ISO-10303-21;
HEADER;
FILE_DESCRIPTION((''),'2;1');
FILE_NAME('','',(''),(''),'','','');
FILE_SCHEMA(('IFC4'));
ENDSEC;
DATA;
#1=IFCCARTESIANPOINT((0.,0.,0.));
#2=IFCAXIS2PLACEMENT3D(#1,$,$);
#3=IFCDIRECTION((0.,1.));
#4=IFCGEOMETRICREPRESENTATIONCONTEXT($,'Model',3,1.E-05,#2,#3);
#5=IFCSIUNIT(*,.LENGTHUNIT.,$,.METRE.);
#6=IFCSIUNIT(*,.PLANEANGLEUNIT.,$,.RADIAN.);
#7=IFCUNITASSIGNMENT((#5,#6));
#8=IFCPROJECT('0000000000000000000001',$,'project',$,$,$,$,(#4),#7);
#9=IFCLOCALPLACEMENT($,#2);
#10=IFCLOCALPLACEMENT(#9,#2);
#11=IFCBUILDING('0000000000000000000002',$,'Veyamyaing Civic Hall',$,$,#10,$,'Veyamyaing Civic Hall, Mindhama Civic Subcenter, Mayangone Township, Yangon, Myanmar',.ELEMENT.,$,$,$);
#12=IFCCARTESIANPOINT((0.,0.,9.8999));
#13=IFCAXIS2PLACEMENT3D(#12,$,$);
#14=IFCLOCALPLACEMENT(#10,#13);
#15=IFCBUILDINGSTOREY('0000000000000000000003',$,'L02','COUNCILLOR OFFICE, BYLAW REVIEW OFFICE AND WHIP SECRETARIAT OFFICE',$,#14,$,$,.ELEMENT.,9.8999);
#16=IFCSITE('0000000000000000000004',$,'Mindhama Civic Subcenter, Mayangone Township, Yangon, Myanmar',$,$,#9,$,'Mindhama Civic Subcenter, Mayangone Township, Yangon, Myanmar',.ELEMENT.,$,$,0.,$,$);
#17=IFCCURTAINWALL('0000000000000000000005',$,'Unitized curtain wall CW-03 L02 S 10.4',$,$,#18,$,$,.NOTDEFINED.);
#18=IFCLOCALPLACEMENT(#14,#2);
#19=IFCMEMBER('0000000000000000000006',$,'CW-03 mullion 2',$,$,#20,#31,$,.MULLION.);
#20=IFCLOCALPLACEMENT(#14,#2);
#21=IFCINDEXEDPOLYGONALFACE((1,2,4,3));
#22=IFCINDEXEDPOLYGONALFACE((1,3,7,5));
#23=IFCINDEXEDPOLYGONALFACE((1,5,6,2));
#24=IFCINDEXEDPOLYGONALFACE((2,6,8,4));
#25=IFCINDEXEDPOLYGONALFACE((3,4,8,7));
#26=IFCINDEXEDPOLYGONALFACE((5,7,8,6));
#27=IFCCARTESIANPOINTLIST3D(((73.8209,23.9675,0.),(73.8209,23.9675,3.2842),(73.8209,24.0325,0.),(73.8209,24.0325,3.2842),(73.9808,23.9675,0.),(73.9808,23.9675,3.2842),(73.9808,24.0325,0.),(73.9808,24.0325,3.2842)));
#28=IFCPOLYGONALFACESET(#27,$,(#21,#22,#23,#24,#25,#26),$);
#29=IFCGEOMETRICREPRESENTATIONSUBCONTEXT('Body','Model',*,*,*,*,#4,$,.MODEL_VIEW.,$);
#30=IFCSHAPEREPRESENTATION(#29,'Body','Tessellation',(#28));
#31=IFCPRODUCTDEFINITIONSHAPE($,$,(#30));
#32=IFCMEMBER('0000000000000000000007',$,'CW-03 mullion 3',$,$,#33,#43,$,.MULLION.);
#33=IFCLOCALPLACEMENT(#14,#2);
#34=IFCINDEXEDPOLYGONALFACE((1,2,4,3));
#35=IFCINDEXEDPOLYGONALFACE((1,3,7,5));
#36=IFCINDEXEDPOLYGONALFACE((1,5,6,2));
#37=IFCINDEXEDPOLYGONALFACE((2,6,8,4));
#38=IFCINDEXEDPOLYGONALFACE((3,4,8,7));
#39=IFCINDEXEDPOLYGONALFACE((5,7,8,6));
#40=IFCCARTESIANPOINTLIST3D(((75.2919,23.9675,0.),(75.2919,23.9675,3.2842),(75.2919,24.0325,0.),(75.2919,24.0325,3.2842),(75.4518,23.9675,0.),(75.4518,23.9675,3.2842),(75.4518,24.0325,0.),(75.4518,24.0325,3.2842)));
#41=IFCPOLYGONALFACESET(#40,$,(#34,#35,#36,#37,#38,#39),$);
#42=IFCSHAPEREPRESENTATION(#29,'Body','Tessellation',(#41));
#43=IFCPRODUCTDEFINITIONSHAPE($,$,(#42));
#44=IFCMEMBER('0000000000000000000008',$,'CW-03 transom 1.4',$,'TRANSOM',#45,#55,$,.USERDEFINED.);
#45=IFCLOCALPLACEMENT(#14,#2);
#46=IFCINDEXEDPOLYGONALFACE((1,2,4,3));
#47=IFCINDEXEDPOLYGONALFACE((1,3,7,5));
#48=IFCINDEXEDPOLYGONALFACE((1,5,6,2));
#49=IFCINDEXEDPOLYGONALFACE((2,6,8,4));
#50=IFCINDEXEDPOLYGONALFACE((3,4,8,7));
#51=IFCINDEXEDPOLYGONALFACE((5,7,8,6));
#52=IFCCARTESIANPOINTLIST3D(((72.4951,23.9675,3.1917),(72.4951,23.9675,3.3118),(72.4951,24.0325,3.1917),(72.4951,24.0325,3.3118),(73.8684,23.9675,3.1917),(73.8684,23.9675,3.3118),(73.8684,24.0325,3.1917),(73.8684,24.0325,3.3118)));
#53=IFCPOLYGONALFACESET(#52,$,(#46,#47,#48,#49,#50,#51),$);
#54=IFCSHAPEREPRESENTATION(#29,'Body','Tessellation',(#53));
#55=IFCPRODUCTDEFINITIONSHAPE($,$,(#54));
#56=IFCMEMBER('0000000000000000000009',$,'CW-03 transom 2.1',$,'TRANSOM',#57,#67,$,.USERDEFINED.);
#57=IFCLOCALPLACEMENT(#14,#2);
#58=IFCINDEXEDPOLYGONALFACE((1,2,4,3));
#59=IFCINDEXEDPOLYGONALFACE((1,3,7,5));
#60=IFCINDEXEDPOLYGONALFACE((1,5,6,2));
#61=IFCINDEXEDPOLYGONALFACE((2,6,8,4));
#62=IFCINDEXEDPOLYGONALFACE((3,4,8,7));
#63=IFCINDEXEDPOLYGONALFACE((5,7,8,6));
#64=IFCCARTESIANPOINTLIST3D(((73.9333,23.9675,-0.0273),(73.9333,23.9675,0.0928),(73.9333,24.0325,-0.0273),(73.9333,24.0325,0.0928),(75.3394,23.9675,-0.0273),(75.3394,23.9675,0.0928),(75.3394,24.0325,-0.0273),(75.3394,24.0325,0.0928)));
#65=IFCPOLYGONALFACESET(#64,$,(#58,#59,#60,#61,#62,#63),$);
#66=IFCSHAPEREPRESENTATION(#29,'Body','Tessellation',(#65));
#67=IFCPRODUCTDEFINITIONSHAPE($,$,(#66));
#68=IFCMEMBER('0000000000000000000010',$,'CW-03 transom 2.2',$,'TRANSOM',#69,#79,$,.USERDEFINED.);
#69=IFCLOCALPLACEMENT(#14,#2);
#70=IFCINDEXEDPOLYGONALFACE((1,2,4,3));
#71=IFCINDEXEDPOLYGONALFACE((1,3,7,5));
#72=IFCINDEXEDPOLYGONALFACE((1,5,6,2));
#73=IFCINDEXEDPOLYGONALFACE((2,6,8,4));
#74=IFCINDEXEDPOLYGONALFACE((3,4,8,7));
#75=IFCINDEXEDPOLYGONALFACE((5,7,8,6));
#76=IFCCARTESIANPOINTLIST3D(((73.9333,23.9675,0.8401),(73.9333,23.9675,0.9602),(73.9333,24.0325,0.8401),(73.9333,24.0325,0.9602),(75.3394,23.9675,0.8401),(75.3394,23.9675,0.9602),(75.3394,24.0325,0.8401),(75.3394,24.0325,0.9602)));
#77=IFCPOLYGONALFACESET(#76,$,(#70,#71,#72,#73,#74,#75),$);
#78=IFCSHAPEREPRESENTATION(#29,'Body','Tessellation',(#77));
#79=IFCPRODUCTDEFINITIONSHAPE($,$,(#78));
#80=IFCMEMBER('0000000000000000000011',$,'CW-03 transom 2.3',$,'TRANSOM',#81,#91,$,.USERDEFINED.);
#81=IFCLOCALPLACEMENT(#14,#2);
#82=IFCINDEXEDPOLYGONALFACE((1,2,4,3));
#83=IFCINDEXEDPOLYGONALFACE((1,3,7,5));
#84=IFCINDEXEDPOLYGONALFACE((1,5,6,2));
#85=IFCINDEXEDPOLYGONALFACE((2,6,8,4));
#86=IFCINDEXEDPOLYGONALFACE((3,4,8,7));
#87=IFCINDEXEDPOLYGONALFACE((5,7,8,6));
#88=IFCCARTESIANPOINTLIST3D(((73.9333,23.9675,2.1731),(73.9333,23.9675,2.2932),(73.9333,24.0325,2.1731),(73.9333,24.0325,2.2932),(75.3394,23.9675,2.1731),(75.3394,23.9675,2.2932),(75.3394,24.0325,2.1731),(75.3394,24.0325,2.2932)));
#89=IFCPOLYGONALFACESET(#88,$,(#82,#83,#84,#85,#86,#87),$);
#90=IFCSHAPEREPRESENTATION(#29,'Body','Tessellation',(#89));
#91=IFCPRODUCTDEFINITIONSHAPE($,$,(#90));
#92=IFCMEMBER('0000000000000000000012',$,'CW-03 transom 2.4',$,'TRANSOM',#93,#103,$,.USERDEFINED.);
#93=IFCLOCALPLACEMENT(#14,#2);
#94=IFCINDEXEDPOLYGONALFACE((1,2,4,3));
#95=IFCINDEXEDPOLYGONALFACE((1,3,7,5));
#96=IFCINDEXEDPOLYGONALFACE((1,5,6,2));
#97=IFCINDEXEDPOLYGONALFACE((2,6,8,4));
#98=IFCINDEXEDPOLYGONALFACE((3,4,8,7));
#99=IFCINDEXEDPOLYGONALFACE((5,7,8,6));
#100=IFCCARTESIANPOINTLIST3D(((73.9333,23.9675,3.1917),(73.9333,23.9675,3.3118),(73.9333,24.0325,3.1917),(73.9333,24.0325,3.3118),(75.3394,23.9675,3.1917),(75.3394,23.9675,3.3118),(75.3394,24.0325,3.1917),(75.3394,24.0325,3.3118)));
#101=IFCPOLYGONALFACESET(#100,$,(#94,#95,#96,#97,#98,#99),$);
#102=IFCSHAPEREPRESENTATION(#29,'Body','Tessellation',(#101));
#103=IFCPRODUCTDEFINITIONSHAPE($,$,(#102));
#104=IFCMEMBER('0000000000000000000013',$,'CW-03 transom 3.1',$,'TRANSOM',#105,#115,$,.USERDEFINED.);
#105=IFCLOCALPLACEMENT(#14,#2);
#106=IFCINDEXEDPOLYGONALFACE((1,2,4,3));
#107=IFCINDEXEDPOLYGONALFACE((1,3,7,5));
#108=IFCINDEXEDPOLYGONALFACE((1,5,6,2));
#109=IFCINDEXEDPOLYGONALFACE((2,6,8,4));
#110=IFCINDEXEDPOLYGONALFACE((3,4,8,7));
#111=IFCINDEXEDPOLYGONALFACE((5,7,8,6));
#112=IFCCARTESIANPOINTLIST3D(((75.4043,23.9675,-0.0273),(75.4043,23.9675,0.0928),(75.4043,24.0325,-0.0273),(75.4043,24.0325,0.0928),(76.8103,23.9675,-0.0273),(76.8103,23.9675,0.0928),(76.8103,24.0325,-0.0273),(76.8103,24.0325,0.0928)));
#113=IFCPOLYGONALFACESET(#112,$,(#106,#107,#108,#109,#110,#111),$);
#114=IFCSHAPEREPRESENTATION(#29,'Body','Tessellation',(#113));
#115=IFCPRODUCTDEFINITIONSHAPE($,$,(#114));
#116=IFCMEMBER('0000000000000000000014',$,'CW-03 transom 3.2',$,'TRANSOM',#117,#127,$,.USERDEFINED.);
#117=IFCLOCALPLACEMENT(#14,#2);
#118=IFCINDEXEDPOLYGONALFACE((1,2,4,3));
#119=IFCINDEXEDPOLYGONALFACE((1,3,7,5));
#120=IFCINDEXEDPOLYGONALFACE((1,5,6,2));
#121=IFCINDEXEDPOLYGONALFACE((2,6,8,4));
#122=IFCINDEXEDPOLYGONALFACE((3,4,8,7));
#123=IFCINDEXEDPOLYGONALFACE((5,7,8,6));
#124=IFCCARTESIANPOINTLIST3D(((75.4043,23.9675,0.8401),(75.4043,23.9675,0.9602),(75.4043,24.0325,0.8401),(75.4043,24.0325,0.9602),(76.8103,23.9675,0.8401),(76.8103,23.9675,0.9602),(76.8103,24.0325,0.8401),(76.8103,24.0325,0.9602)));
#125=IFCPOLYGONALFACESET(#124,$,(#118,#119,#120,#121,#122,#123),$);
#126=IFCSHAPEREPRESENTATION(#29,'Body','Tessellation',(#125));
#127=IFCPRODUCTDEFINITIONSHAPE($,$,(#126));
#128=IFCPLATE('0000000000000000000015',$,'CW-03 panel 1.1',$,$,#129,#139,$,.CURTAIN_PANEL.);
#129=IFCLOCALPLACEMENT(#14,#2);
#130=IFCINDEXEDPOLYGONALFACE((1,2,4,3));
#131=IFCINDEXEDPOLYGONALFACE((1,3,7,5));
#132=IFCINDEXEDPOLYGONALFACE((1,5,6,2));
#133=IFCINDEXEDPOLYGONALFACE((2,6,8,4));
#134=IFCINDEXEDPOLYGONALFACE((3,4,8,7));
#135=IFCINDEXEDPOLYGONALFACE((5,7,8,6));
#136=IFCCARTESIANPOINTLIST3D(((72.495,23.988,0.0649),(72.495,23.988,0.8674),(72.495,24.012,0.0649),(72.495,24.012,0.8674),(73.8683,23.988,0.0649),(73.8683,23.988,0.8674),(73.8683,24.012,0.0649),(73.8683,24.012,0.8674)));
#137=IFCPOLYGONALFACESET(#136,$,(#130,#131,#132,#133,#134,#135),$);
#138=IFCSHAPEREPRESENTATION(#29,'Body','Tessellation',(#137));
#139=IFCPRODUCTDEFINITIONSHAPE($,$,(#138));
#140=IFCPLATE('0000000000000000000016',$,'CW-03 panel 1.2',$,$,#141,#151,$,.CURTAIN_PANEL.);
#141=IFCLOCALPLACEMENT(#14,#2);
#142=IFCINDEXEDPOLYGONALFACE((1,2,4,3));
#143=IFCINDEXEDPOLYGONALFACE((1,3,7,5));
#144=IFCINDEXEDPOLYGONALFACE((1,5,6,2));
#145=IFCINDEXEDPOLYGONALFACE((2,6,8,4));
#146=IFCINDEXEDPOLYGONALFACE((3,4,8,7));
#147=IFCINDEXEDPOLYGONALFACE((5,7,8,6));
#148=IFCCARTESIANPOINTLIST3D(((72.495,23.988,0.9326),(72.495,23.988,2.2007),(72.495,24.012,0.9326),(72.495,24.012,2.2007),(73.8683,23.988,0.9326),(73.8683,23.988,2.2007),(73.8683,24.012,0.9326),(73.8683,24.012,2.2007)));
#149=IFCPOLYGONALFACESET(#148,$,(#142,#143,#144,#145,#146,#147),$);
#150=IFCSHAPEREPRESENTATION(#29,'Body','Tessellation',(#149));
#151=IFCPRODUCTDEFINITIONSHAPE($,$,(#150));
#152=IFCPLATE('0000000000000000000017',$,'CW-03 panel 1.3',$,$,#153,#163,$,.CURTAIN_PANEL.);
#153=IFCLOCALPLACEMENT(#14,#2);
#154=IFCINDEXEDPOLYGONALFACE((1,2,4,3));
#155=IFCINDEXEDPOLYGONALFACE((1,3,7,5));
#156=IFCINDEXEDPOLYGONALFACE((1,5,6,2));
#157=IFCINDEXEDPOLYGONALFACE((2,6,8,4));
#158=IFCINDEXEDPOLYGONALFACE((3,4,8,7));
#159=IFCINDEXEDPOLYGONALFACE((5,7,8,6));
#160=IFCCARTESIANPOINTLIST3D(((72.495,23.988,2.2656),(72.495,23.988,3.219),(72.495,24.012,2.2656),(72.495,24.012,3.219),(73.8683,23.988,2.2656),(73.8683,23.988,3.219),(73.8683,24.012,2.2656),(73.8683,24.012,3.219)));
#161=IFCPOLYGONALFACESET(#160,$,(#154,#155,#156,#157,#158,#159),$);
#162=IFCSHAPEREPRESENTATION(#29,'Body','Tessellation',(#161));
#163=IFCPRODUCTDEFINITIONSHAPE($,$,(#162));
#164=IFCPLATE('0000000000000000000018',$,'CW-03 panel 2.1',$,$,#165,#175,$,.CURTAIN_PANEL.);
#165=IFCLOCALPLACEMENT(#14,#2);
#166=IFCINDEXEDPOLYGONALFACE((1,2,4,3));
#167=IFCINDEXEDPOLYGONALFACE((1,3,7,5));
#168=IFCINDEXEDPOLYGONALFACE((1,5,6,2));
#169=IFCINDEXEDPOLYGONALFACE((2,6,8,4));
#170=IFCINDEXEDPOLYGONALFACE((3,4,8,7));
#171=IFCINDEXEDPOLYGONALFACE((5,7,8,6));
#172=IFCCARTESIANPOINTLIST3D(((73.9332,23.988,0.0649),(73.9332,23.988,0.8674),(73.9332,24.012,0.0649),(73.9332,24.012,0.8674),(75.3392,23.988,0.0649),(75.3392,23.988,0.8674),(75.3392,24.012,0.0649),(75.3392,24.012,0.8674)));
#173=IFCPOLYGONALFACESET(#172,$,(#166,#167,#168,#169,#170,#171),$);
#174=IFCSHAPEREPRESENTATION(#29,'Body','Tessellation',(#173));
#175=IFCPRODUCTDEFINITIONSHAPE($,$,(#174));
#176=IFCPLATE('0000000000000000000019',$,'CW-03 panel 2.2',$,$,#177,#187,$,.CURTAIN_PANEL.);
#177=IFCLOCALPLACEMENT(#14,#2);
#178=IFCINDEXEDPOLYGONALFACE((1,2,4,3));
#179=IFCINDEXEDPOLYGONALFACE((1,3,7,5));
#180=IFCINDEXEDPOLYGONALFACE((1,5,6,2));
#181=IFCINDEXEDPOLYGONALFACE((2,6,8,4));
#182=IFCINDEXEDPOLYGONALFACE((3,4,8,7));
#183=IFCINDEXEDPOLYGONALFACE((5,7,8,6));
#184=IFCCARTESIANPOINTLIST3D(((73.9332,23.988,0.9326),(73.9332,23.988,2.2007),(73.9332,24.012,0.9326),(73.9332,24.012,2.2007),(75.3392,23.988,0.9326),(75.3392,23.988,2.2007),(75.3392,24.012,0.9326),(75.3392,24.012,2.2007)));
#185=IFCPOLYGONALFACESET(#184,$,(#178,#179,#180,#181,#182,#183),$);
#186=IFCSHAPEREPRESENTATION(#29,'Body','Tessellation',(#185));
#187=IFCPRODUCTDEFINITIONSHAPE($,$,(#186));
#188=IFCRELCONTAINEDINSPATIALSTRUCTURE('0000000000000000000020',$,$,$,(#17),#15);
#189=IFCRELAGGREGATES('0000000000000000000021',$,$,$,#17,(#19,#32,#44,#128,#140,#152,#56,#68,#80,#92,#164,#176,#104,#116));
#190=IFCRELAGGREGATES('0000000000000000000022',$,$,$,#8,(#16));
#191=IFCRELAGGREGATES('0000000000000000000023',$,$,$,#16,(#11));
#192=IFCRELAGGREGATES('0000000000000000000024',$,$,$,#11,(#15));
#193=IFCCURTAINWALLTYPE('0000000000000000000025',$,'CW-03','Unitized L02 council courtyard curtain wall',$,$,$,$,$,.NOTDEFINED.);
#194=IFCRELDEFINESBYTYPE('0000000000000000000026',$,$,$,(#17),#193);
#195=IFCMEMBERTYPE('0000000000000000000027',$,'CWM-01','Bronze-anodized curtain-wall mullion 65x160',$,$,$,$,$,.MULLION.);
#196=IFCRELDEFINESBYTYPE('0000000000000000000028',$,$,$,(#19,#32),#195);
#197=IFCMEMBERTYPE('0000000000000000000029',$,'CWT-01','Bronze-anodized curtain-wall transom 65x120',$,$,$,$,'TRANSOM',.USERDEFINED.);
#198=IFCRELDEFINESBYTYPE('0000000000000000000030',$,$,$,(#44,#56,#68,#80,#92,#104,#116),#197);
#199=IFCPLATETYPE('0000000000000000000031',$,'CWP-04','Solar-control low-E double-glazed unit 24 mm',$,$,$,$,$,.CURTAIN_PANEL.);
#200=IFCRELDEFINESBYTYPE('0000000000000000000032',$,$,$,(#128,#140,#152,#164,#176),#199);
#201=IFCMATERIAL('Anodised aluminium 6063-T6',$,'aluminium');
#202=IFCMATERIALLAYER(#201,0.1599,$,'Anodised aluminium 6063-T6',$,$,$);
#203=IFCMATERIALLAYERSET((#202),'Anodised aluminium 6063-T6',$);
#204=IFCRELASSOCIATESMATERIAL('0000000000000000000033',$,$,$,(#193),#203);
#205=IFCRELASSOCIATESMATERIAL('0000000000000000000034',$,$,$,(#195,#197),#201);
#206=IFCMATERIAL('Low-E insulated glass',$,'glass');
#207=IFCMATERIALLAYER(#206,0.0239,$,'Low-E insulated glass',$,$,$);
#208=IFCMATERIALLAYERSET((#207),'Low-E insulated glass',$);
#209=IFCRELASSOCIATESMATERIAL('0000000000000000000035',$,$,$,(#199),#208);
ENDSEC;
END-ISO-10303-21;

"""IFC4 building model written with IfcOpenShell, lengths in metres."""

from ifc_helpers import new_model, si_unit, direction, frame, origin, origin_2d, place, context, subcontext, project, spatial, rectangle, extrude, material, layer, layer_set, material_profile, profile_set, type_object, element, aggregate, save


model = new_model("IFC4")

# Units and contexts
model_context = context("Model", 3, precision=1e-05, world=origin(), true_north=direction((0.0, 1.0)))
body_context = subcontext(model_context, "Body", "Model", "MODEL_VIEW")
ifc_project = project(units=[si_unit("LENGTHUNIT", "METRE"), si_unit("PLANEANGLEUNIT", "RADIAN")], contexts=[model_context])

# Site, building, storey
site_placement = place(None, origin())
site = spatial("IfcSite", under=ifc_project, at=site_placement, Name="Mindhama Civic Subcenter, Mayangone Township, Yangon, Myanmar", LongName="Mindhama Civic Subcenter, Mayangone Township, Yangon, Myanmar", CompositionType="ELEMENT", RefElevation=0.0)
building_placement = place(site_placement, origin())
building = spatial("IfcBuilding", under=site, at=building_placement, Name="Veyamyaing Civic Hall", LongName="Veyamyaing Civic Hall, Mindhama Civic Subcenter, Mayangone Township, Yangon, Myanmar", CompositionType="ELEMENT")
storey_placement = place(building_placement, frame((0.0, 0.0, 9.8999)))
storey = spatial("IfcBuildingStorey", under=building, at=storey_placement, Name="L02", Description="COUNCILLOR OFFICE, BYLAW REVIEW OFFICE AND WHIP SECRETARIAT OFFICE", CompositionType="ELEMENT", Elevation=9.8999)

# Curtain wall, members, plates
ifc_material_1 = material(Name="Anodised aluminium 6063-T6", Category="aluminium")
ifc_layer_1 = layer(ifc_material_1, 0.1599, Name="Anodised aluminium 6063-T6")
ifc_layer_set_1 = layer_set([ifc_layer_1], Name="Anodised aluminium 6063-T6")
curtain_wall_type = type_object("IfcCurtainWallType", Name="CW-03", Description="Unitized L02 council courtyard curtain wall", PredefinedType="NOTDEFINED", material=ifc_layer_set_1)
curtain_wall_placement = place(storey_placement, origin())
curtain_wall = element("IfcCurtainWall", 1, at=curtain_wall_placement, inside=storey, type_object=curtain_wall_type, Name="Unitized curtain wall CW-03 L02 S 10.4", PredefinedType="NOTDEFINED")
ifc_material_profile_1 = material_profile(ifc_material_1, rectangle(XDim=0.0649, YDim=0.1599, at=origin_2d()), Name="ALU-MUL-65X160")
ifc_profile_set_1 = profile_set([ifc_material_profile_1], Name="Anodised aluminium 6063-T6")
member_type_1 = type_object("IfcMemberType", Name="CWM-01", Description="Bronze-anodized curtain-wall mullion 65x160", PredefinedType="MULLION", material=ifc_profile_set_1)
member_1_placement = place(storey_placement, frame((73.9009, 24.0, 0.0), z_axis=(0.0, 0.0, 1.0), x_axis=(0.0, 1.0, 0.0)))
member_1 = element("IfcMember", 2, at=member_1_placement, type_object=member_type_1, Name="CW-03 mullion 2", PredefinedType="MULLION", context=body_context, shape_type="SweptSolid", body=[
    extrude(rectangle(XDim=0.0649, YDim=0.1599, at=origin_2d()), origin(), (0.0, 0.0, 1.0), 3.2842),
])
member_2_placement = place(storey_placement, frame((75.3718, 24.0, 0.0), z_axis=(0.0, 0.0, 1.0), x_axis=(0.0, 1.0, 0.0)))
member_2 = element("IfcMember", 3, at=member_2_placement, type_object=member_type_1, Name="CW-03 mullion 3", PredefinedType="MULLION", context=body_context, shape_type="SweptSolid", body=[
    extrude(rectangle(XDim=0.0649, YDim=0.1599, at=origin_2d()), origin(), (0.0, 0.0, 1.0), 3.2842),
])
ifc_material_profile_2 = material_profile(ifc_material_1, rectangle(XDim=0.0649, YDim=0.1201, at=origin_2d()), Name="ALU-TRN-65X120")
ifc_profile_set_2 = profile_set([ifc_material_profile_2], Name="Anodised aluminium 6063-T6")
member_type_2 = type_object("IfcMemberType", Name="CWT-01", Description="Bronze-anodized curtain-wall transom 65x120", ElementType="TRANSOM", PredefinedType="USERDEFINED", material=ifc_profile_set_2)
member_3_placement = place(storey_placement, frame((72.4951, 24.0, 3.2517), z_axis=(1.0, 0.0, 0.0), x_axis=(0.0, 1.0, 0.0)))
member_3 = element("IfcMember", 4, at=member_3_placement, type_object=member_type_2, Name="CW-03 transom 1.4", ObjectType="TRANSOM", PredefinedType="USERDEFINED", context=body_context, shape_type="SweptSolid", body=[
    extrude(rectangle(XDim=0.0649, YDim=0.1201, at=origin_2d()), origin(), (0.0, 0.0, 1.0), 1.3733),
])
member_4_placement = place(storey_placement, frame((73.9333, 24.0, 0.0327), z_axis=(1.0, 0.0, 0.0), x_axis=(0.0, 1.0, 0.0)))
member_4 = element("IfcMember", 5, at=member_4_placement, type_object=member_type_2, Name="CW-03 transom 2.1", ObjectType="TRANSOM", PredefinedType="USERDEFINED", context=body_context, shape_type="SweptSolid", body=[
    extrude(rectangle(XDim=0.0649, YDim=0.1201, at=origin_2d()), origin(), (0.0, 0.0, 1.0), 1.406),
])
member_5_placement = place(storey_placement, frame((73.9333, 24.0, 0.9001), z_axis=(1.0, 0.0, 0.0), x_axis=(0.0, 1.0, 0.0)))
member_5 = element("IfcMember", 6, at=member_5_placement, type_object=member_type_2, Name="CW-03 transom 2.2", ObjectType="TRANSOM", PredefinedType="USERDEFINED", context=body_context, shape_type="SweptSolid", body=[
    extrude(rectangle(XDim=0.0649, YDim=0.1201, at=origin_2d()), origin(), (0.0, 0.0, 1.0), 1.406),
])
member_6_placement = place(storey_placement, frame((73.9333, 24.0, 2.2332), z_axis=(1.0, 0.0, 0.0), x_axis=(0.0, 1.0, 0.0)))
member_6 = element("IfcMember", 7, at=member_6_placement, type_object=member_type_2, Name="CW-03 transom 2.3", ObjectType="TRANSOM", PredefinedType="USERDEFINED", context=body_context, shape_type="SweptSolid", body=[
    extrude(rectangle(XDim=0.0649, YDim=0.1201, at=origin_2d()), origin(), (0.0, 0.0, 1.0), 1.406),
])
member_7_placement = place(storey_placement, frame((73.9333, 24.0, 3.2517), z_axis=(1.0, 0.0, 0.0), x_axis=(0.0, 1.0, 0.0)))
member_7 = element("IfcMember", 8, at=member_7_placement, type_object=member_type_2, Name="CW-03 transom 2.4", ObjectType="TRANSOM", PredefinedType="USERDEFINED", context=body_context, shape_type="SweptSolid", body=[
    extrude(rectangle(XDim=0.0649, YDim=0.1201, at=origin_2d()), origin(), (0.0, 0.0, 1.0), 1.406),
])
member_8_placement = place(storey_placement, frame((75.4043, 24.0, 0.0327), z_axis=(1.0, 0.0, 0.0), x_axis=(0.0, 1.0, 0.0)))
member_8 = element("IfcMember", 9, at=member_8_placement, type_object=member_type_2, Name="CW-03 transom 3.1", ObjectType="TRANSOM", PredefinedType="USERDEFINED", context=body_context, shape_type="SweptSolid", body=[
    extrude(rectangle(XDim=0.0649, YDim=0.1201, at=origin_2d()), origin(), (0.0, 0.0, 1.0), 1.406),
])
member_9_placement = place(storey_placement, frame((75.4043, 24.0, 0.9001), z_axis=(1.0, 0.0, 0.0), x_axis=(0.0, 1.0, 0.0)))
member_9 = element("IfcMember", 10, at=member_9_placement, type_object=member_type_2, Name="CW-03 transom 3.2", ObjectType="TRANSOM", PredefinedType="USERDEFINED", context=body_context, shape_type="SweptSolid", body=[
    extrude(rectangle(XDim=0.0649, YDim=0.1201, at=origin_2d()), origin(), (0.0, 0.0, 1.0), 1.406),
])
ifc_material_2 = material(Name="Low-E insulated glass", Category="glass")
ifc_layer_2 = layer(ifc_material_2, 0.0239, Name="Low-E insulated glass")
ifc_layer_set_2 = layer_set([ifc_layer_2], Name="Low-E insulated glass")
plate_type = type_object("IfcPlateType", Name="CWP-04", Description="Solar-control low-E double-glazed unit 24 mm", PredefinedType="CURTAIN_PANEL", material=ifc_layer_set_2)
plate_1_placement = place(storey_placement, frame((73.1816, 24.0, 0.0649), z_axis=(0.0, 0.0, 1.0), x_axis=(1.0, 0.0, 0.0)))
plate_1 = element("IfcPlate", 11, at=plate_1_placement, type_object=plate_type, Name="CW-03 panel 1.1", PredefinedType="CURTAIN_PANEL", context=body_context, shape_type="SweptSolid", body=[
    extrude(rectangle(XDim=1.3733, YDim=0.0239, at=origin_2d()), origin(), (0.0, 0.0, 1.0), 0.8025),
])
plate_2_placement = place(storey_placement, frame((73.1816, 24.0, 0.9326), z_axis=(0.0, 0.0, 1.0), x_axis=(1.0, 0.0, 0.0)))
plate_2 = element("IfcPlate", 12, at=plate_2_placement, type_object=plate_type, Name="CW-03 panel 1.2", PredefinedType="CURTAIN_PANEL", context=body_context, shape_type="SweptSolid", body=[
    extrude(rectangle(XDim=1.3733, YDim=0.0239, at=origin_2d()), origin(), (0.0, 0.0, 1.0), 1.2681),
])
plate_3_placement = place(storey_placement, frame((73.1816, 24.0, 2.2656), z_axis=(0.0, 0.0, 1.0), x_axis=(1.0, 0.0, 0.0)))
plate_3 = element("IfcPlate", 13, at=plate_3_placement, type_object=plate_type, Name="CW-03 panel 1.3", PredefinedType="CURTAIN_PANEL", context=body_context, shape_type="SweptSolid", body=[
    extrude(rectangle(XDim=1.3733, YDim=0.0239, at=origin_2d()), origin(), (0.0, 0.0, 1.0), 0.9534),
])
plate_4_placement = place(storey_placement, frame((74.6362, 24.0, 0.0649), z_axis=(0.0, 0.0, 1.0), x_axis=(1.0, 0.0, 0.0)))
plate_4 = element("IfcPlate", 14, at=plate_4_placement, type_object=plate_type, Name="CW-03 panel 2.1", PredefinedType="CURTAIN_PANEL", context=body_context, shape_type="SweptSolid", body=[
    extrude(rectangle(XDim=1.406, YDim=0.0239, at=origin_2d()), origin(), (0.0, 0.0, 1.0), 0.8025),
])
plate_5_placement = place(storey_placement, frame((74.6362, 24.0, 0.9326), z_axis=(0.0, 0.0, 1.0), x_axis=(1.0, 0.0, 0.0)))
plate_5 = element("IfcPlate", 15, at=plate_5_placement, type_object=plate_type, Name="CW-03 panel 2.2", PredefinedType="CURTAIN_PANEL", context=body_context, shape_type="SweptSolid", body=[
    extrude(rectangle(XDim=1.406, YDim=0.0239, at=origin_2d()), origin(), (0.0, 0.0, 1.0), 1.2681),
])
aggregate(curtain_wall, [member_1, member_2, member_3, plate_1, plate_2, plate_3, member_4, member_5, member_6, member_7, plate_4, plate_5, member_8, member_9])

save(model, "model.ifc")
